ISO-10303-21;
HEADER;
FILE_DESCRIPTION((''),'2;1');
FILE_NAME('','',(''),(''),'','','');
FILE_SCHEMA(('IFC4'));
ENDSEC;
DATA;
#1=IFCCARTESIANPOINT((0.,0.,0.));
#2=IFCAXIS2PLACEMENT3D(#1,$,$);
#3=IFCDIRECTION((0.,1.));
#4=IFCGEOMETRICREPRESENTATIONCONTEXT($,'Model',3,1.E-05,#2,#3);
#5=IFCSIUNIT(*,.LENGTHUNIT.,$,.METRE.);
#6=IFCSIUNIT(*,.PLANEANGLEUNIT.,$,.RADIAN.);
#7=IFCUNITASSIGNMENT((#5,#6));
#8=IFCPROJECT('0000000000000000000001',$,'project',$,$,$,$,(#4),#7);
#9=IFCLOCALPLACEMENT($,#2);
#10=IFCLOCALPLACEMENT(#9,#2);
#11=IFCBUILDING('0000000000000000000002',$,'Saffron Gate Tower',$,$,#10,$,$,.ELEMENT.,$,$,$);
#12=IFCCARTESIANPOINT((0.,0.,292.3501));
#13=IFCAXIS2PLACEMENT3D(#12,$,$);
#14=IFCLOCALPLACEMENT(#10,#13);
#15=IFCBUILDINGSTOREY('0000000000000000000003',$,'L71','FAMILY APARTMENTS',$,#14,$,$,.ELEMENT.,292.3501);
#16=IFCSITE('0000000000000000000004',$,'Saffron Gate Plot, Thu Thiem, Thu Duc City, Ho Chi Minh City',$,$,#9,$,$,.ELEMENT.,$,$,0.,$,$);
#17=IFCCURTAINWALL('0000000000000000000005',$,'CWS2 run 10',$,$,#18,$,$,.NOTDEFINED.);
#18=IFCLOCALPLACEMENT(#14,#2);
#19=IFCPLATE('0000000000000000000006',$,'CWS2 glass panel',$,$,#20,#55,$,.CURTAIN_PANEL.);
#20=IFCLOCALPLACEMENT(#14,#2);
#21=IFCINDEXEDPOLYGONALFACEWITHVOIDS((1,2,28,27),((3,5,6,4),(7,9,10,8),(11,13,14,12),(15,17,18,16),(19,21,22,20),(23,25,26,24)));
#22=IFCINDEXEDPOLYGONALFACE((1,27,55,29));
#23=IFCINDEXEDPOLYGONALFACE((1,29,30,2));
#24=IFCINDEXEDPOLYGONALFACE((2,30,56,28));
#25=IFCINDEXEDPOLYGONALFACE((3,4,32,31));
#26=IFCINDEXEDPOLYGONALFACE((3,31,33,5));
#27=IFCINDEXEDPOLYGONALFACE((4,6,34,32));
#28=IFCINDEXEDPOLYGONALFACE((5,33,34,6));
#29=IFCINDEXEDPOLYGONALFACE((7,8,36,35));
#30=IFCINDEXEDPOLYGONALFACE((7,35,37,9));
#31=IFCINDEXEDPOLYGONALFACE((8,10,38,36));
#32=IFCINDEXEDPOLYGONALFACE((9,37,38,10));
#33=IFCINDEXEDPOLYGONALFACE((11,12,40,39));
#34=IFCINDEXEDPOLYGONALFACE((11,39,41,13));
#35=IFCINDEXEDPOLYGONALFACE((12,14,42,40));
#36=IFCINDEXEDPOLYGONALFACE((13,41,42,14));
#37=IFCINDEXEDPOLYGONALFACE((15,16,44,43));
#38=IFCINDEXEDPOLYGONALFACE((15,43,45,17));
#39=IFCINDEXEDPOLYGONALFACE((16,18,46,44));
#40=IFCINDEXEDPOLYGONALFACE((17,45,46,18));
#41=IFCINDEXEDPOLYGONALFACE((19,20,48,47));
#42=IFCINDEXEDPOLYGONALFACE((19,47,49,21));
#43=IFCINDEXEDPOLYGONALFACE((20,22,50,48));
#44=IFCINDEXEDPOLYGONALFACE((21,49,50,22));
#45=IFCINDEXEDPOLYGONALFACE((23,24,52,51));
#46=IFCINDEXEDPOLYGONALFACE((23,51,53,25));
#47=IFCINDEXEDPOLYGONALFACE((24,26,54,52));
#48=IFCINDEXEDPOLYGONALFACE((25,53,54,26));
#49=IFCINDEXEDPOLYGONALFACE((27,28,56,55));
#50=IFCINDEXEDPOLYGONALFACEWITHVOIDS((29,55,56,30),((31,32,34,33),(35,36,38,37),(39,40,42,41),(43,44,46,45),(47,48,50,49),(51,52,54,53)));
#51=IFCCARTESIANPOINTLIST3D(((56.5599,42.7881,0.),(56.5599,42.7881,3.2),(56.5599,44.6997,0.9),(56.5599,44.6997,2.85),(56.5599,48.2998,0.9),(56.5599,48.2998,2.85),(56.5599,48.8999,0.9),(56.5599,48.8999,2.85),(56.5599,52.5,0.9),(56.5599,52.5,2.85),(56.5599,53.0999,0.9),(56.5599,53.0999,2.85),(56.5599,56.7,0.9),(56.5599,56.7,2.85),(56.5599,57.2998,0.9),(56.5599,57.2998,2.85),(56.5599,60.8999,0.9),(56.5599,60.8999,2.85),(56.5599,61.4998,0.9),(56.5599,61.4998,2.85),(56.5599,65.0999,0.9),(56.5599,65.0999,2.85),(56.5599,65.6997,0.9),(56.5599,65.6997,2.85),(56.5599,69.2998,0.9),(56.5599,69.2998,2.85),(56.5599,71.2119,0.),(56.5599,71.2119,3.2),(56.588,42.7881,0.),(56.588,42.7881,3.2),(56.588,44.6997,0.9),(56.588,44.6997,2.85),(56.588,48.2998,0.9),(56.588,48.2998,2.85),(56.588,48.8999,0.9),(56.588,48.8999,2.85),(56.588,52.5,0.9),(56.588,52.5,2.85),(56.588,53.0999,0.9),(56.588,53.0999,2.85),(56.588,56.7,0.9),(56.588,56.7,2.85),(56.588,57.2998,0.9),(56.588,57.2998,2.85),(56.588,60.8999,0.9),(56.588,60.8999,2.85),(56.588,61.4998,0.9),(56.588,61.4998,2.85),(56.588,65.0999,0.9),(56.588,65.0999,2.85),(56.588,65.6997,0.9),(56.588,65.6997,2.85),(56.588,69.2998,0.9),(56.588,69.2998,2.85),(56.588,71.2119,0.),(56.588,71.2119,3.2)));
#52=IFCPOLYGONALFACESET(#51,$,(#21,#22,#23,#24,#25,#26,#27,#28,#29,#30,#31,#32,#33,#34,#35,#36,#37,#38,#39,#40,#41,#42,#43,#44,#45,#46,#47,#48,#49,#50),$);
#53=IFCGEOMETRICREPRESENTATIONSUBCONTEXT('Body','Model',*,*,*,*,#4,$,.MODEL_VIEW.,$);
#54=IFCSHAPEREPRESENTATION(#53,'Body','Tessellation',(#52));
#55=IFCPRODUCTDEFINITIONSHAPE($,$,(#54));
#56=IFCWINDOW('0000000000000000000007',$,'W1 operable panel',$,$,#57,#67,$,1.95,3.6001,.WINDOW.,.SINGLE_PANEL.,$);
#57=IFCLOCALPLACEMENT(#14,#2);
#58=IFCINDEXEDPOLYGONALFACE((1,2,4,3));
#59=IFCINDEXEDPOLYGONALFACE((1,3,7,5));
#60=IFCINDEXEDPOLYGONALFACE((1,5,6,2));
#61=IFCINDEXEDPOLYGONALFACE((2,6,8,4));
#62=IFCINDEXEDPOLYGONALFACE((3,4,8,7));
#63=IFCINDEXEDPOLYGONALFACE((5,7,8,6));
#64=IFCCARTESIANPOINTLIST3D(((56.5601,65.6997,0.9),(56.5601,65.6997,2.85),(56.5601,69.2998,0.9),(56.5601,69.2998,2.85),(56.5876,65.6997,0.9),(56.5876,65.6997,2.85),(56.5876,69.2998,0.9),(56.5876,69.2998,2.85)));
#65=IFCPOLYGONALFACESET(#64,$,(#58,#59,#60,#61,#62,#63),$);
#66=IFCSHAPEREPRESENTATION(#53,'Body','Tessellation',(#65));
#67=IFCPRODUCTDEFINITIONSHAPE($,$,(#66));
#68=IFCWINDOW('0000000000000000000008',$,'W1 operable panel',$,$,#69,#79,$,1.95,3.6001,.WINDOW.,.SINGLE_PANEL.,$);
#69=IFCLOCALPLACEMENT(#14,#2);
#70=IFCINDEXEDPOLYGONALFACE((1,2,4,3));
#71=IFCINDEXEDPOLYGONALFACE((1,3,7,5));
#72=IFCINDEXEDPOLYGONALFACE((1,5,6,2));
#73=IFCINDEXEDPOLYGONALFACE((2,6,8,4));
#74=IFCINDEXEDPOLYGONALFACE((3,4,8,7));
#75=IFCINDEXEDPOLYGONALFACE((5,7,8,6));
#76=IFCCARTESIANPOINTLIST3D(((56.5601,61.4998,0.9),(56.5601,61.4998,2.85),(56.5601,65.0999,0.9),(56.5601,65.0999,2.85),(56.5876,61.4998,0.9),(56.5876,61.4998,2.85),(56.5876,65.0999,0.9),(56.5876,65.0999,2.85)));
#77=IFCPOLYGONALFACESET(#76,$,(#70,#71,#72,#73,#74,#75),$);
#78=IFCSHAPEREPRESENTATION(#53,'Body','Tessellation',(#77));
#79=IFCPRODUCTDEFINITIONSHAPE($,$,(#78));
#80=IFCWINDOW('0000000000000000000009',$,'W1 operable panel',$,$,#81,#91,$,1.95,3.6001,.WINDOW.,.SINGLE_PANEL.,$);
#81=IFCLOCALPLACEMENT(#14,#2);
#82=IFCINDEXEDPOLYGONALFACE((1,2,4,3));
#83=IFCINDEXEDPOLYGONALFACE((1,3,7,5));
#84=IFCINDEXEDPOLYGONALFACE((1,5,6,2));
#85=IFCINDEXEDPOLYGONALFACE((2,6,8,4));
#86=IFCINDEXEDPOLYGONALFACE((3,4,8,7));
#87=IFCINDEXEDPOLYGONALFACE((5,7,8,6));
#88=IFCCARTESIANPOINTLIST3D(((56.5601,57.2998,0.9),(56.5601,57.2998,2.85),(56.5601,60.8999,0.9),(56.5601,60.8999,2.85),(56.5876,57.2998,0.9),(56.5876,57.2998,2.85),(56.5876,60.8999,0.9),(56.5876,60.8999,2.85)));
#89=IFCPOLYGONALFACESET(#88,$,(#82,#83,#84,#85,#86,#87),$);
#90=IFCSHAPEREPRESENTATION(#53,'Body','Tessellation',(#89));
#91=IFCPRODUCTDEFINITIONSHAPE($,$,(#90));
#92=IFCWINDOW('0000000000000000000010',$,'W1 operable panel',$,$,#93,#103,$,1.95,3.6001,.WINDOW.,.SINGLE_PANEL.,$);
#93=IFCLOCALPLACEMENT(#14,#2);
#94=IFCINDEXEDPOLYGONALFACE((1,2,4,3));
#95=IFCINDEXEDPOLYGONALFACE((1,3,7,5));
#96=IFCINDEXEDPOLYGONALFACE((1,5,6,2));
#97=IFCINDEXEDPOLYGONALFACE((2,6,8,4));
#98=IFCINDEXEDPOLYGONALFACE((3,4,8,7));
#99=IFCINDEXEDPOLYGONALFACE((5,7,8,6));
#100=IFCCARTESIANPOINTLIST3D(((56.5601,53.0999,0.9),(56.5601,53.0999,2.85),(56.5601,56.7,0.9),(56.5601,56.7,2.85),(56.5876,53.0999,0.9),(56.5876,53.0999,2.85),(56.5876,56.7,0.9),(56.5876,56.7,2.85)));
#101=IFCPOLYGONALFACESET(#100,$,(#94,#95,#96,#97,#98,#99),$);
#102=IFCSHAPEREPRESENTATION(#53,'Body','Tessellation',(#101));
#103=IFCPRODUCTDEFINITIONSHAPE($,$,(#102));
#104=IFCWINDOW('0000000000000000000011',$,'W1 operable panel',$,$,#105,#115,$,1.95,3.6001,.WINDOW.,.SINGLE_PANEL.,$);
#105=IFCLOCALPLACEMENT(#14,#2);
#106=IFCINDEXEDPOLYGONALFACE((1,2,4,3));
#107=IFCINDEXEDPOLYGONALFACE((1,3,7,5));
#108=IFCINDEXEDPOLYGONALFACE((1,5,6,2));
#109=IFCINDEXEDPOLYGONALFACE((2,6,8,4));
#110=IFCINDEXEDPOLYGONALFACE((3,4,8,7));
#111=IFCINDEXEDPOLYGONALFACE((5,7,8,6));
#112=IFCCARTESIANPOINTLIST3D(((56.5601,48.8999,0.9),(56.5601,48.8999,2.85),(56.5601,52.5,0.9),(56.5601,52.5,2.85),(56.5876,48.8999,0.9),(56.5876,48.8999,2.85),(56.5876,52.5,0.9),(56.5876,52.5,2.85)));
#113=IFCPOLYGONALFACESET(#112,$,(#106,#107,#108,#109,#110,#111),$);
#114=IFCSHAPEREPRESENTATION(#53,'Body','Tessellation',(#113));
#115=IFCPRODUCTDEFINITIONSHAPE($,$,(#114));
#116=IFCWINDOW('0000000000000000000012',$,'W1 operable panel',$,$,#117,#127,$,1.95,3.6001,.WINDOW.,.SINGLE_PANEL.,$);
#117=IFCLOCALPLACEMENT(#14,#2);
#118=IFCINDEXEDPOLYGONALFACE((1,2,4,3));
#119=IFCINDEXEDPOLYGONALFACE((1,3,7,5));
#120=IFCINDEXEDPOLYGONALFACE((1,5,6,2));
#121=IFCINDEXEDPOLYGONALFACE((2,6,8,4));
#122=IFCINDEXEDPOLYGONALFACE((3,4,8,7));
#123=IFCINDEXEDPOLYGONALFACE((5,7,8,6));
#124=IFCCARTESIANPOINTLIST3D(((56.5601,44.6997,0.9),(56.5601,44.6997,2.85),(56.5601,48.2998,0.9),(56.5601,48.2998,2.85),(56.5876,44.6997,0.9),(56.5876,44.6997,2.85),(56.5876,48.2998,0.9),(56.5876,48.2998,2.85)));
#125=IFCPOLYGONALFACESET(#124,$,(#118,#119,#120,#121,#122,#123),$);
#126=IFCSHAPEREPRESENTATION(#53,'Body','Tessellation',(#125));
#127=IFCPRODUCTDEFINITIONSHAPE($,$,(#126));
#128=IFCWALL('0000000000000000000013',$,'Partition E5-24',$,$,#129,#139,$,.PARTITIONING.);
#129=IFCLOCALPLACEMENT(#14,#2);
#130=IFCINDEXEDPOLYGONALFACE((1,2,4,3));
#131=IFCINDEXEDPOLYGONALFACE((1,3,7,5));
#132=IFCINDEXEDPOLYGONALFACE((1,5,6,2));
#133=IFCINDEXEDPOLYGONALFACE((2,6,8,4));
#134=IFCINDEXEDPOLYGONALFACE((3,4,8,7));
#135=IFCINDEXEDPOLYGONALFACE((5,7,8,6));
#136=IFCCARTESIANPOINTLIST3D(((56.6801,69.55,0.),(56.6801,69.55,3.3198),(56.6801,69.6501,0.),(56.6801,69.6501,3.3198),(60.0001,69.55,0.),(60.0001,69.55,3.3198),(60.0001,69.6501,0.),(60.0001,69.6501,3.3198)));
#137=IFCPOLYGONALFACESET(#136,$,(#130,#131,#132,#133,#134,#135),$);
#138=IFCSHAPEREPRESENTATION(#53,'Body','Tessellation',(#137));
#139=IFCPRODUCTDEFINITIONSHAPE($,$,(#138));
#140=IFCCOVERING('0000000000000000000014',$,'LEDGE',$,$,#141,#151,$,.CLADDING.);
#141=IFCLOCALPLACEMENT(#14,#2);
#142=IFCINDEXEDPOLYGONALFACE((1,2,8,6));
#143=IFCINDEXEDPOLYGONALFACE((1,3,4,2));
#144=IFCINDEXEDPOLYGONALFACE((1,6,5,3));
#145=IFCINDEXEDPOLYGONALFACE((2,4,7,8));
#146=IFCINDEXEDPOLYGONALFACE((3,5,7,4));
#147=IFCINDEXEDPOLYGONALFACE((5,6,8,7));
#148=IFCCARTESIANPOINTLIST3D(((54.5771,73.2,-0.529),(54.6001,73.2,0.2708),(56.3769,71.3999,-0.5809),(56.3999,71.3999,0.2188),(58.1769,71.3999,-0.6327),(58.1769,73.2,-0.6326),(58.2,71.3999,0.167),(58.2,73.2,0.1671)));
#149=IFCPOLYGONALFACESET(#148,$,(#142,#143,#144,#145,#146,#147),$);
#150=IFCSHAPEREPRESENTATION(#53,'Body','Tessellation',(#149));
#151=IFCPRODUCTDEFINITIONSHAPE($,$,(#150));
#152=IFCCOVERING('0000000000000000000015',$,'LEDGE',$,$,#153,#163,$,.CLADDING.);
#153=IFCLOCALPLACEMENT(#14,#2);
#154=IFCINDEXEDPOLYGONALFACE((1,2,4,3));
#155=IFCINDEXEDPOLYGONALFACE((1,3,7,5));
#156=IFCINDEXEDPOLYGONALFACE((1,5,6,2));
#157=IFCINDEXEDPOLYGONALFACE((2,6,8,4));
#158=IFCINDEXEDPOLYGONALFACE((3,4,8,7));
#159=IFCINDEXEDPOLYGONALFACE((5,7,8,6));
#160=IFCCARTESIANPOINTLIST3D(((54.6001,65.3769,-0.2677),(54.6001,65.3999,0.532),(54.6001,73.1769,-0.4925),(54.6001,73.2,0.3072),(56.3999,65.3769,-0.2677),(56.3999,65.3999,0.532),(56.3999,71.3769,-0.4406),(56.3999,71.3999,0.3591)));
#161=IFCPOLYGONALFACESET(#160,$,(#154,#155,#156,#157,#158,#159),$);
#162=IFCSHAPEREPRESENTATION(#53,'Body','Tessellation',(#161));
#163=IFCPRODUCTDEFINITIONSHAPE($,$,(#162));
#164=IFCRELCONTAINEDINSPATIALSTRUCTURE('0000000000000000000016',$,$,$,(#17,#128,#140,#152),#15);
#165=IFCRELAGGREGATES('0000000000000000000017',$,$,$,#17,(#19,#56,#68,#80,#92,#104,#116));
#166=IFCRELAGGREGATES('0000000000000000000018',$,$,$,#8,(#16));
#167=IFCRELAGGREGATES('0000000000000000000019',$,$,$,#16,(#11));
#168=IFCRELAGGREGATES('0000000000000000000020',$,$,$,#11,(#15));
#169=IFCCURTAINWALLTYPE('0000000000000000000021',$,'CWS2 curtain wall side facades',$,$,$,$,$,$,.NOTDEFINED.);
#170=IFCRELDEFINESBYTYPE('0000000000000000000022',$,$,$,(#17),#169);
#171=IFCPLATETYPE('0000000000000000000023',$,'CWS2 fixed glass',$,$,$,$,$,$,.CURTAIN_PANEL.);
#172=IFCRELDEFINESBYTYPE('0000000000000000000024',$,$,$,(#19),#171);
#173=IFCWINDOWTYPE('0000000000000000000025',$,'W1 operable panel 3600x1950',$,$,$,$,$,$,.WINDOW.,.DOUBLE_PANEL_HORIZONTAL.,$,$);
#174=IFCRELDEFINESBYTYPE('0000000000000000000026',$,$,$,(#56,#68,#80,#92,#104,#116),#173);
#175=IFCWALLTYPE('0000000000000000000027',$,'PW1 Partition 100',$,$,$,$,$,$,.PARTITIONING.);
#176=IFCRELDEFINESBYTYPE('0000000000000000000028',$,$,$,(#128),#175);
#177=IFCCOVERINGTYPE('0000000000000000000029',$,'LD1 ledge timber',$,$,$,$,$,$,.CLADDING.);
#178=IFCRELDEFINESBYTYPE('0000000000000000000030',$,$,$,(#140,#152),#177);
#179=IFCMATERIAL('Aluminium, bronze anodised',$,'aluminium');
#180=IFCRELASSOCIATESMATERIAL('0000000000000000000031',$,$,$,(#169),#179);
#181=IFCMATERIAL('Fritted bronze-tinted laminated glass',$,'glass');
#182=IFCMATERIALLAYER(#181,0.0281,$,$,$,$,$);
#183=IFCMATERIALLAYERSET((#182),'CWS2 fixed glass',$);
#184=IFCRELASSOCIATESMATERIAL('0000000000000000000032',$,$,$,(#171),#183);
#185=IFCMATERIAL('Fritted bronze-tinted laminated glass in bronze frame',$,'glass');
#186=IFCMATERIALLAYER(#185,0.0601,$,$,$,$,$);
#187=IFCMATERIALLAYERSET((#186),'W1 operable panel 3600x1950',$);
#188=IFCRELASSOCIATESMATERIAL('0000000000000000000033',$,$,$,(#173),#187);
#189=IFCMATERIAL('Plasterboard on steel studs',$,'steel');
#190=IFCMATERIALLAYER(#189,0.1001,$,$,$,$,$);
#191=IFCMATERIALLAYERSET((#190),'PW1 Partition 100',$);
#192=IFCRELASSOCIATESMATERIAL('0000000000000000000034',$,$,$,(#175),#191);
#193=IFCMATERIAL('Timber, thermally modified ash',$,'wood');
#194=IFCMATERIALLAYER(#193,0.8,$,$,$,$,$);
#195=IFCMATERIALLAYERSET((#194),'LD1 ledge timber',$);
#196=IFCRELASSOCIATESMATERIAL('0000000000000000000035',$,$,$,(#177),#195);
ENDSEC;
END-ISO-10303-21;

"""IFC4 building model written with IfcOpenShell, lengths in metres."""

from ifc_helpers import new_model, si_unit, direction, frame, frame_2d, origin, place, context, subcontext, project, spatial, polyline, rectangle, outline, extrude, material, layer, layer_set, type_object, element, fill, aggregate, save


model = new_model("IFC4")

# Units and contexts
model_context = context("Model", 3, precision=1e-05, world=origin(), true_north=direction((0.0, 1.0)))
body_context = subcontext(model_context, "Body", "Model", "MODEL_VIEW")
ifc_project = project(units=[si_unit("LENGTHUNIT", "METRE"), si_unit("PLANEANGLEUNIT", "RADIAN")], contexts=[model_context])

# Site, building, storey
site_placement = place(None, origin())
site = spatial("IfcSite", under=ifc_project, at=site_placement, Name="Saffron Gate Plot, Thu Thiem, Thu Duc City, Ho Chi Minh City", CompositionType="ELEMENT", RefElevation=0.0)
building_placement = place(site_placement, origin())
building = spatial("IfcBuilding", under=site, at=building_placement, Name="Saffron Gate Tower", CompositionType="ELEMENT")
storey_placement = place(building_placement, frame((0.0, 0.0, 292.3501)))
storey = spatial("IfcBuildingStorey", under=building, at=storey_placement, Name="L71", Description="FAMILY APARTMENTS", CompositionType="ELEMENT", Elevation=292.3501)

# Curtain wall
ifc_material_1 = material(Name="Aluminium, bronze anodised", Category="aluminium")
curtain_wall_type_1 = type_object("IfcCurtainWallType", Name="CWS2 curtain wall side facades", PredefinedType="NOTDEFINED", material=ifc_material_1)
curtain_wall_1_placement = place(storey_placement, origin())
curtain_wall_1 = element("IfcCurtainWall", 1, at=curtain_wall_1_placement, inside=storey, type_object=curtain_wall_type_1, Name="CWS2 run 10", PredefinedType="NOTDEFINED")

# Plate, openings, windows
ifc_material_2 = material(Name="Fritted bronze-tinted laminated glass", Category="glass")
ifc_layer_1 = layer(ifc_material_2, 0.0281)
ifc_layer_set_1 = layer_set([ifc_layer_1], Name="CWS2 fixed glass")
plate_type = type_object("IfcPlateType", Name="CWS2 fixed glass", PredefinedType="CURTAIN_PANEL", material=ifc_layer_set_1)
plate_placement = place(storey_placement, frame((56.574, 71.2119, 0.0), z_axis=(0.0, 0.0, 1.0), x_axis=(0.0, -1.0, 0.0)))
plate = element("IfcPlate", 2, at=plate_placement, type_object=plate_type, Name="CWS2 glass panel", PredefinedType="CURTAIN_PANEL", context=body_context, shape_type="SweptSolid", body=[
    extrude(rectangle(XDim=28.4238, YDim=0.0281, at=frame_2d((14.2119, 0.0))), origin(), (0.0, 0.0, 1.0), 3.2),
])
opening_1_placement = place(plate_placement, frame((1.9121, 0.0, 0.8999)))
opening_1 = element("IfcOpeningElement", 3, at=opening_1_placement, cuts=plate, PredefinedType="OPENING", context=body_context, shape_type="SweptSolid", body=[
    extrude(rectangle(XDim=3.6001, YDim=1.95, at=frame_2d((1.8, 0.9751))), frame((0.0, 0.0239, 0.0), z_axis=(0.0, -1.0, 0.0), x_axis=(1.0, 0.0, 0.0)), (0.0, 0.0, 1.0), 0.0481),
])
opening_2_placement = place(plate_placement, frame((6.1121, 0.0, 0.8999)))
opening_2 = element("IfcOpeningElement", 4, at=opening_2_placement, cuts=plate, PredefinedType="OPENING", context=body_context, shape_type="SweptSolid", body=[
    extrude(rectangle(XDim=3.6001, YDim=1.95, at=frame_2d((1.8, 0.9751))), frame((0.0, 0.0239, 0.0), z_axis=(0.0, -1.0, 0.0), x_axis=(1.0, 0.0, 0.0)), (0.0, 0.0, 1.0), 0.0481),
])
opening_3_placement = place(plate_placement, frame((10.312, 0.0, 0.8999)))
opening_3 = element("IfcOpeningElement", 5, at=opening_3_placement, cuts=plate, PredefinedType="OPENING", context=body_context, shape_type="SweptSolid", body=[
    extrude(rectangle(XDim=3.6001, YDim=1.95, at=frame_2d((1.8, 0.9751))), frame((0.0, 0.0239, 0.0), z_axis=(0.0, -1.0, 0.0), x_axis=(1.0, 0.0, 0.0)), (0.0, 0.0, 1.0), 0.0481),
])
opening_4_placement = place(plate_placement, frame((14.512, 0.0, 0.8999)))
opening_4 = element("IfcOpeningElement", 6, at=opening_4_placement, cuts=plate, PredefinedType="OPENING", context=body_context, shape_type="SweptSolid", body=[
    extrude(rectangle(XDim=3.6001, YDim=1.95, at=frame_2d((1.8, 0.9751))), frame((0.0, 0.0239, 0.0), z_axis=(0.0, -1.0, 0.0), x_axis=(1.0, 0.0, 0.0)), (0.0, 0.0, 1.0), 0.0481),
])
opening_5_placement = place(plate_placement, frame((18.7119, 0.0, 0.8999)))
opening_5 = element("IfcOpeningElement", 7, at=opening_5_placement, cuts=plate, PredefinedType="OPENING", context=body_context, shape_type="SweptSolid", body=[
    extrude(rectangle(XDim=3.6001, YDim=1.95, at=frame_2d((1.8, 0.9751))), frame((0.0, 0.0239, 0.0), z_axis=(0.0, -1.0, 0.0), x_axis=(1.0, 0.0, 0.0)), (0.0, 0.0, 1.0), 0.0481),
])
opening_6_placement = place(plate_placement, frame((22.9121, 0.0, 0.8999)))
opening_6 = element("IfcOpeningElement", 8, at=opening_6_placement, cuts=plate, PredefinedType="OPENING", context=body_context, shape_type="SweptSolid", body=[
    extrude(rectangle(XDim=3.6001, YDim=1.95, at=frame_2d((1.8, 0.9751))), frame((0.0, 0.0239, 0.0), z_axis=(0.0, -1.0, 0.0), x_axis=(1.0, 0.0, 0.0)), (0.0, 0.0, 1.0), 0.0481),
])
ifc_material_3 = material(Name="Fritted bronze-tinted laminated glass in bronze frame", Category="glass")
ifc_layer_2 = layer(ifc_material_3, 0.0601)
ifc_layer_set_2 = layer_set([ifc_layer_2], Name="W1 operable panel 3600x1950")
window_type = type_object("IfcWindowType", Name="W1 operable panel 3600x1950", PartitioningType="DOUBLE_PANEL_HORIZONTAL", PredefinedType="WINDOW", material=ifc_layer_set_2)
window_1_placement = place(opening_1_placement, origin())
window_1 = element("IfcWindow", 9, at=window_1_placement, type_object=window_type, Name="W1 operable panel", OverallHeight=1.95, OverallWidth=3.6001, PartitioningType="SINGLE_PANEL", PredefinedType="WINDOW", context=body_context, shape_type="SweptSolid", body=[
    extrude(rectangle(XDim=3.6001, YDim=1.95, at=frame_2d((1.8, 0.9751))), frame((0.0, 0.0137, 0.0), z_axis=(0.0, -1.0, 0.0), x_axis=(1.0, 0.0, 0.0)), (0.0, 0.0, 1.0), 0.0276),
])
fill(opening_1, window_1)
window_2_placement = place(opening_2_placement, origin())
window_2 = element("IfcWindow", 10, at=window_2_placement, type_object=window_type, Name="W1 operable panel", OverallHeight=1.95, OverallWidth=3.6001, PartitioningType="SINGLE_PANEL", PredefinedType="WINDOW", context=body_context, shape_type="SweptSolid", body=[
    extrude(rectangle(XDim=3.6001, YDim=1.95, at=frame_2d((1.8, 0.9751))), frame((0.0, 0.0137, 0.0), z_axis=(0.0, -1.0, 0.0), x_axis=(1.0, 0.0, 0.0)), (0.0, 0.0, 1.0), 0.0276),
])
fill(opening_2, window_2)
window_3_placement = place(opening_3_placement, origin())
window_3 = element("IfcWindow", 11, at=window_3_placement, type_object=window_type, Name="W1 operable panel", OverallHeight=1.95, OverallWidth=3.6001, PartitioningType="SINGLE_PANEL", PredefinedType="WINDOW", context=body_context, shape_type="SweptSolid", body=[
    extrude(rectangle(XDim=3.6001, YDim=1.95, at=frame_2d((1.8, 0.9751))), frame((0.0, 0.0137, 0.0), z_axis=(0.0, -1.0, 0.0), x_axis=(1.0, 0.0, 0.0)), (0.0, 0.0, 1.0), 0.0276),
])
fill(opening_3, window_3)
window_4_placement = place(opening_4_placement, origin())
window_4 = element("IfcWindow", 12, at=window_4_placement, type_object=window_type, Name="W1 operable panel", OverallHeight=1.95, OverallWidth=3.6001, PartitioningType="SINGLE_PANEL", PredefinedType="WINDOW", context=body_context, shape_type="SweptSolid", body=[
    extrude(rectangle(XDim=3.6001, YDim=1.95, at=frame_2d((1.8, 0.9751))), frame((0.0, 0.0137, 0.0), z_axis=(0.0, -1.0, 0.0), x_axis=(1.0, 0.0, 0.0)), (0.0, 0.0, 1.0), 0.0276),
])
fill(opening_4, window_4)
window_5_placement = place(opening_5_placement, origin())
window_5 = element("IfcWindow", 13, at=window_5_placement, type_object=window_type, Name="W1 operable panel", OverallHeight=1.95, OverallWidth=3.6001, PartitioningType="SINGLE_PANEL", PredefinedType="WINDOW", context=body_context, shape_type="SweptSolid", body=[
    extrude(rectangle(XDim=3.6001, YDim=1.95, at=frame_2d((1.8, 0.9751))), frame((0.0, 0.0137, 0.0), z_axis=(0.0, -1.0, 0.0), x_axis=(1.0, 0.0, 0.0)), (0.0, 0.0, 1.0), 0.0276),
])
fill(opening_5, window_5)
window_6_placement = place(opening_6_placement, origin())
window_6 = element("IfcWindow", 14, at=window_6_placement, type_object=window_type, Name="W1 operable panel", OverallHeight=1.95, OverallWidth=3.6001, PartitioningType="SINGLE_PANEL", PredefinedType="WINDOW", context=body_context, shape_type="SweptSolid", body=[
    extrude(rectangle(XDim=3.6001, YDim=1.95, at=frame_2d((1.8, 0.9751))), frame((0.0, 0.0137, 0.0), z_axis=(0.0, -1.0, 0.0), x_axis=(1.0, 0.0, 0.0)), (0.0, 0.0, 1.0), 0.0276),
])
fill(opening_6, window_6)
aggregate(curtain_wall_1, [plate, window_1, window_2, window_3, window_4, window_5, window_6])

# Wall
ifc_material_4 = material(Name="Plasterboard on steel studs", Category="steel")
ifc_layer_3 = layer(ifc_material_4, 0.1001)
ifc_layer_set_3 = layer_set([ifc_layer_3], Name="PW1 Partition 100")
wall_type = type_object("IfcWallType", Name="PW1 Partition 100", PredefinedType="PARTITIONING", material=ifc_layer_set_3)
wall_placement = place(storey_placement, frame((56.6799, 69.6001, 0.0), z_axis=(0.0, 0.0, 1.0), x_axis=(1.0, 0.0, 0.0)))
element("IfcWall", 15, at=wall_placement, inside=storey, type_object=wall_type, Name="Partition E5-24", PredefinedType="PARTITIONING", context=body_context, shape_type="SweptSolid", body=[
    extrude(rectangle(XDim=3.3201, YDim=0.1001, at=frame_2d((1.6602, 0.0))), origin(), (0.0, 0.0, 1.0), 3.3198),
])

# Coverings
ifc_material_5 = material(Name="Timber, thermally modified ash", Category="wood")
ifc_layer_4 = layer(ifc_material_5, 0.8)
ifc_layer_set_4 = layer_set([ifc_layer_4], Name="LD1 ledge timber")
covering_type_1 = type_object("IfcCoveringType", Name="LD1 ledge timber", PredefinedType="CLADDING", material=ifc_layer_set_4)
covering_1_placement = place(storey_placement, frame((58.2, 71.3999, 0.167), z_axis=(0.028788, -0.000046, 0.999586), x_axis=(-0.999586, 0.0, 0.028788)))
element("IfcCovering", 16, at=covering_1_placement, inside=storey, type_object=covering_type_1, Name="LEDGE", PredefinedType="CLADDING", context=body_context, shape_type="SweptSolid", body=[
    extrude(outline(polyline([(0.0, 0.0), (1.8008, 0.0), (3.6013, -1.8), (0.0, -1.8), (0.0, 0.0)])), origin(), (0.0, 0.0, -1.0), 0.8),
])
covering_2_placement = place(storey_placement, frame((56.3999, 71.3999, 0.3591), z_axis=(-0.000035, 0.028807, 0.999585), x_axis=(0.0, -0.999585, 0.028807)))
element("IfcCovering", 17, at=covering_2_placement, inside=storey, type_object=covering_type_1, Name="LEDGE", PredefinedType="CLADDING", context=body_context, shape_type="SweptSolid", body=[
    extrude(outline(polyline([(0.0, 0.0), (6.0025, 0.0), (6.0025, -1.7998), (-1.8008, -1.7998), (0.0, 0.0)])), origin(), (0.0, 0.0, -1.0), 0.8),
])

save(model, "model.ifc")
